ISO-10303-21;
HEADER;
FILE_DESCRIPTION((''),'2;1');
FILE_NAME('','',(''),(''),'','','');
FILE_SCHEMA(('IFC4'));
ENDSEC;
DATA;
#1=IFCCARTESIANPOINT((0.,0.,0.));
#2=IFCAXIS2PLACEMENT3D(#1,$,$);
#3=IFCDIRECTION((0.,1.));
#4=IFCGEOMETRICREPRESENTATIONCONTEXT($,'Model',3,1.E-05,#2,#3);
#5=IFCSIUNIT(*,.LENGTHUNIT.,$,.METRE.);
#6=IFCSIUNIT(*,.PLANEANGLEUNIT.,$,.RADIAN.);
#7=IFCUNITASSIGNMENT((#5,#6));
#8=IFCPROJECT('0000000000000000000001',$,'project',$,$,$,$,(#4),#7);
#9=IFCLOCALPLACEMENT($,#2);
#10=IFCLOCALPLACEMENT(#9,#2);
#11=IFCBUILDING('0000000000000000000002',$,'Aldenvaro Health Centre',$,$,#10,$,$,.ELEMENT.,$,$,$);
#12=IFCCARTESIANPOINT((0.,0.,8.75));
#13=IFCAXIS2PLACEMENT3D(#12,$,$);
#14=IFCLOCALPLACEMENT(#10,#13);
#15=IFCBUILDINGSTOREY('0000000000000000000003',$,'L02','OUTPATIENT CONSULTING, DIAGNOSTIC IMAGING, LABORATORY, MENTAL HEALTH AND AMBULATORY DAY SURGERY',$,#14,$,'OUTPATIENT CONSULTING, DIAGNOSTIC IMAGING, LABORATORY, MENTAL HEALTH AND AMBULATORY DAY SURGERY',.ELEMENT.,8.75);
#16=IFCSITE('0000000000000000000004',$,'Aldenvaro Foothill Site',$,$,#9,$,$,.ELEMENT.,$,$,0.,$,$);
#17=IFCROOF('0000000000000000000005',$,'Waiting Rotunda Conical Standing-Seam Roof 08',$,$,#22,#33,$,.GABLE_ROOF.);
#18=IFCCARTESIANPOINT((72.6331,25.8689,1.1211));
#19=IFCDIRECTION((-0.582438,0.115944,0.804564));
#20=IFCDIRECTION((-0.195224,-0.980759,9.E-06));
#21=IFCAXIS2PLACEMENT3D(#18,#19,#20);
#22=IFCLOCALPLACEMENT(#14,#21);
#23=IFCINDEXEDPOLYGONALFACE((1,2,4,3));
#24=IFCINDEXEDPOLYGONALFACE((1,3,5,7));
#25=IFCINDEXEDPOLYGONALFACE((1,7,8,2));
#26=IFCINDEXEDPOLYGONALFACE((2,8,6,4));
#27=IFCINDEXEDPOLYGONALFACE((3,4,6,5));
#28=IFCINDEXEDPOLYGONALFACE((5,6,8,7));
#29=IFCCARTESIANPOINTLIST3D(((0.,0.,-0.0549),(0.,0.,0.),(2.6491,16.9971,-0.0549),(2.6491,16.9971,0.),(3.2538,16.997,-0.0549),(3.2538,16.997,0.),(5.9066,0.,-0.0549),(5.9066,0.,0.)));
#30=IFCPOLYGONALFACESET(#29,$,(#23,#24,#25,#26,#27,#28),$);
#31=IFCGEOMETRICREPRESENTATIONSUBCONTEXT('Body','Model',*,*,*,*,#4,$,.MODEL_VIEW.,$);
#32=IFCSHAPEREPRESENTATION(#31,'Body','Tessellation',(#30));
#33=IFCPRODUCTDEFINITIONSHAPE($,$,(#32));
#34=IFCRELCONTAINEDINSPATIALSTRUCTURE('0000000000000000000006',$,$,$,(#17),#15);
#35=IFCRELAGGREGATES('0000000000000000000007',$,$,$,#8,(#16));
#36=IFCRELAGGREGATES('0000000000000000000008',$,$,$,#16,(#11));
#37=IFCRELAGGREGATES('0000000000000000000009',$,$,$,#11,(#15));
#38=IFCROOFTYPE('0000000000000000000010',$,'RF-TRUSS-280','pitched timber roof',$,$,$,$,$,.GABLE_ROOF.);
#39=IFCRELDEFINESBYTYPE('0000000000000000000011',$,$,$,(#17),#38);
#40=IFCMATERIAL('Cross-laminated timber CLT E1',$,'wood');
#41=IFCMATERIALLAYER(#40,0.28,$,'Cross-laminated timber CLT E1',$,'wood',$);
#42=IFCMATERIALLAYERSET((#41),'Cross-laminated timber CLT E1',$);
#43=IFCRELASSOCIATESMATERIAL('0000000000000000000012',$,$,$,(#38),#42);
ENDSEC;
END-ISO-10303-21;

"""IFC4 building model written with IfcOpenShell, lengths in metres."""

from ifc_helpers import new_model, si_unit, direction, frame, origin, place, context, subcontext, project, spatial, polyline, outline, extrude, material, layer, layer_set, type_object, element, save


model = new_model("IFC4")

# Units and contexts
model_context = context("Model", 3, precision=1e-05, world=origin(), true_north=direction((0.0, 1.0)))
body_context = subcontext(model_context, "Body", "Model", "MODEL_VIEW")
ifc_project = project(units=[si_unit("LENGTHUNIT", "METRE"), si_unit("PLANEANGLEUNIT", "RADIAN")], contexts=[model_context])

# Site, building, storey
site_placement = place(None, origin())
site = spatial("IfcSite", under=ifc_project, at=site_placement, Name="Aldenvaro Foothill Site", CompositionType="ELEMENT", RefElevation=0.0)
building_placement = place(site_placement, origin())
building = spatial("IfcBuilding", under=site, at=building_placement, Name="Aldenvaro Health Centre", CompositionType="ELEMENT")
storey_placement = place(building_placement, frame((0.0, 0.0, 8.75)))
storey = spatial("IfcBuildingStorey", under=building, at=storey_placement, Name="L02", Description="OUTPATIENT CONSULTING, DIAGNOSTIC IMAGING, LABORATORY, MENTAL HEALTH AND AMBULATORY DAY SURGERY", LongName="OUTPATIENT CONSULTING, DIAGNOSTIC IMAGING, LABORATORY, MENTAL HEALTH AND AMBULATORY DAY SURGERY", CompositionType="ELEMENT", Elevation=8.75)

# Shared definitions
ifc_material_1 = material(Name="Cross-laminated timber CLT E1", Category="wood")

# Roof
ifc_layer_1 = layer(ifc_material_1, 0.28, Name="Cross-laminated timber CLT E1", Category="wood")
ifc_layer_set_1 = layer_set([ifc_layer_1], Name="Cross-laminated timber CLT E1")
roof_type = type_object("IfcRoofType", Name="RF-TRUSS-280", Description="pitched timber roof", PredefinedType="GABLE_ROOF", material=ifc_layer_set_1)
roof_1_placement = place(storey_placement, frame((72.6331, 25.8689, 1.1211), z_axis=(-0.582438, 0.115944, 0.804564), x_axis=(-0.195224, -0.980759, 0.000009)))
element("IfcRoof", 1, at=roof_1_placement, inside=storey, type_object=roof_type, Name="Waiting Rotunda Conical Standing-Seam Roof 08", PredefinedType="GABLE_ROOF", context=body_context, shape_type="SweptSolid", body=[
    extrude(outline(polyline([(0.0, 0.0), (5.9066, 0.0), (3.2538, 16.997), (2.6491, 16.9971), (0.0, 0.0)])), origin(), (0.0, 0.0, -1.0), 0.0549),
])

save(model, "model.ifc")
